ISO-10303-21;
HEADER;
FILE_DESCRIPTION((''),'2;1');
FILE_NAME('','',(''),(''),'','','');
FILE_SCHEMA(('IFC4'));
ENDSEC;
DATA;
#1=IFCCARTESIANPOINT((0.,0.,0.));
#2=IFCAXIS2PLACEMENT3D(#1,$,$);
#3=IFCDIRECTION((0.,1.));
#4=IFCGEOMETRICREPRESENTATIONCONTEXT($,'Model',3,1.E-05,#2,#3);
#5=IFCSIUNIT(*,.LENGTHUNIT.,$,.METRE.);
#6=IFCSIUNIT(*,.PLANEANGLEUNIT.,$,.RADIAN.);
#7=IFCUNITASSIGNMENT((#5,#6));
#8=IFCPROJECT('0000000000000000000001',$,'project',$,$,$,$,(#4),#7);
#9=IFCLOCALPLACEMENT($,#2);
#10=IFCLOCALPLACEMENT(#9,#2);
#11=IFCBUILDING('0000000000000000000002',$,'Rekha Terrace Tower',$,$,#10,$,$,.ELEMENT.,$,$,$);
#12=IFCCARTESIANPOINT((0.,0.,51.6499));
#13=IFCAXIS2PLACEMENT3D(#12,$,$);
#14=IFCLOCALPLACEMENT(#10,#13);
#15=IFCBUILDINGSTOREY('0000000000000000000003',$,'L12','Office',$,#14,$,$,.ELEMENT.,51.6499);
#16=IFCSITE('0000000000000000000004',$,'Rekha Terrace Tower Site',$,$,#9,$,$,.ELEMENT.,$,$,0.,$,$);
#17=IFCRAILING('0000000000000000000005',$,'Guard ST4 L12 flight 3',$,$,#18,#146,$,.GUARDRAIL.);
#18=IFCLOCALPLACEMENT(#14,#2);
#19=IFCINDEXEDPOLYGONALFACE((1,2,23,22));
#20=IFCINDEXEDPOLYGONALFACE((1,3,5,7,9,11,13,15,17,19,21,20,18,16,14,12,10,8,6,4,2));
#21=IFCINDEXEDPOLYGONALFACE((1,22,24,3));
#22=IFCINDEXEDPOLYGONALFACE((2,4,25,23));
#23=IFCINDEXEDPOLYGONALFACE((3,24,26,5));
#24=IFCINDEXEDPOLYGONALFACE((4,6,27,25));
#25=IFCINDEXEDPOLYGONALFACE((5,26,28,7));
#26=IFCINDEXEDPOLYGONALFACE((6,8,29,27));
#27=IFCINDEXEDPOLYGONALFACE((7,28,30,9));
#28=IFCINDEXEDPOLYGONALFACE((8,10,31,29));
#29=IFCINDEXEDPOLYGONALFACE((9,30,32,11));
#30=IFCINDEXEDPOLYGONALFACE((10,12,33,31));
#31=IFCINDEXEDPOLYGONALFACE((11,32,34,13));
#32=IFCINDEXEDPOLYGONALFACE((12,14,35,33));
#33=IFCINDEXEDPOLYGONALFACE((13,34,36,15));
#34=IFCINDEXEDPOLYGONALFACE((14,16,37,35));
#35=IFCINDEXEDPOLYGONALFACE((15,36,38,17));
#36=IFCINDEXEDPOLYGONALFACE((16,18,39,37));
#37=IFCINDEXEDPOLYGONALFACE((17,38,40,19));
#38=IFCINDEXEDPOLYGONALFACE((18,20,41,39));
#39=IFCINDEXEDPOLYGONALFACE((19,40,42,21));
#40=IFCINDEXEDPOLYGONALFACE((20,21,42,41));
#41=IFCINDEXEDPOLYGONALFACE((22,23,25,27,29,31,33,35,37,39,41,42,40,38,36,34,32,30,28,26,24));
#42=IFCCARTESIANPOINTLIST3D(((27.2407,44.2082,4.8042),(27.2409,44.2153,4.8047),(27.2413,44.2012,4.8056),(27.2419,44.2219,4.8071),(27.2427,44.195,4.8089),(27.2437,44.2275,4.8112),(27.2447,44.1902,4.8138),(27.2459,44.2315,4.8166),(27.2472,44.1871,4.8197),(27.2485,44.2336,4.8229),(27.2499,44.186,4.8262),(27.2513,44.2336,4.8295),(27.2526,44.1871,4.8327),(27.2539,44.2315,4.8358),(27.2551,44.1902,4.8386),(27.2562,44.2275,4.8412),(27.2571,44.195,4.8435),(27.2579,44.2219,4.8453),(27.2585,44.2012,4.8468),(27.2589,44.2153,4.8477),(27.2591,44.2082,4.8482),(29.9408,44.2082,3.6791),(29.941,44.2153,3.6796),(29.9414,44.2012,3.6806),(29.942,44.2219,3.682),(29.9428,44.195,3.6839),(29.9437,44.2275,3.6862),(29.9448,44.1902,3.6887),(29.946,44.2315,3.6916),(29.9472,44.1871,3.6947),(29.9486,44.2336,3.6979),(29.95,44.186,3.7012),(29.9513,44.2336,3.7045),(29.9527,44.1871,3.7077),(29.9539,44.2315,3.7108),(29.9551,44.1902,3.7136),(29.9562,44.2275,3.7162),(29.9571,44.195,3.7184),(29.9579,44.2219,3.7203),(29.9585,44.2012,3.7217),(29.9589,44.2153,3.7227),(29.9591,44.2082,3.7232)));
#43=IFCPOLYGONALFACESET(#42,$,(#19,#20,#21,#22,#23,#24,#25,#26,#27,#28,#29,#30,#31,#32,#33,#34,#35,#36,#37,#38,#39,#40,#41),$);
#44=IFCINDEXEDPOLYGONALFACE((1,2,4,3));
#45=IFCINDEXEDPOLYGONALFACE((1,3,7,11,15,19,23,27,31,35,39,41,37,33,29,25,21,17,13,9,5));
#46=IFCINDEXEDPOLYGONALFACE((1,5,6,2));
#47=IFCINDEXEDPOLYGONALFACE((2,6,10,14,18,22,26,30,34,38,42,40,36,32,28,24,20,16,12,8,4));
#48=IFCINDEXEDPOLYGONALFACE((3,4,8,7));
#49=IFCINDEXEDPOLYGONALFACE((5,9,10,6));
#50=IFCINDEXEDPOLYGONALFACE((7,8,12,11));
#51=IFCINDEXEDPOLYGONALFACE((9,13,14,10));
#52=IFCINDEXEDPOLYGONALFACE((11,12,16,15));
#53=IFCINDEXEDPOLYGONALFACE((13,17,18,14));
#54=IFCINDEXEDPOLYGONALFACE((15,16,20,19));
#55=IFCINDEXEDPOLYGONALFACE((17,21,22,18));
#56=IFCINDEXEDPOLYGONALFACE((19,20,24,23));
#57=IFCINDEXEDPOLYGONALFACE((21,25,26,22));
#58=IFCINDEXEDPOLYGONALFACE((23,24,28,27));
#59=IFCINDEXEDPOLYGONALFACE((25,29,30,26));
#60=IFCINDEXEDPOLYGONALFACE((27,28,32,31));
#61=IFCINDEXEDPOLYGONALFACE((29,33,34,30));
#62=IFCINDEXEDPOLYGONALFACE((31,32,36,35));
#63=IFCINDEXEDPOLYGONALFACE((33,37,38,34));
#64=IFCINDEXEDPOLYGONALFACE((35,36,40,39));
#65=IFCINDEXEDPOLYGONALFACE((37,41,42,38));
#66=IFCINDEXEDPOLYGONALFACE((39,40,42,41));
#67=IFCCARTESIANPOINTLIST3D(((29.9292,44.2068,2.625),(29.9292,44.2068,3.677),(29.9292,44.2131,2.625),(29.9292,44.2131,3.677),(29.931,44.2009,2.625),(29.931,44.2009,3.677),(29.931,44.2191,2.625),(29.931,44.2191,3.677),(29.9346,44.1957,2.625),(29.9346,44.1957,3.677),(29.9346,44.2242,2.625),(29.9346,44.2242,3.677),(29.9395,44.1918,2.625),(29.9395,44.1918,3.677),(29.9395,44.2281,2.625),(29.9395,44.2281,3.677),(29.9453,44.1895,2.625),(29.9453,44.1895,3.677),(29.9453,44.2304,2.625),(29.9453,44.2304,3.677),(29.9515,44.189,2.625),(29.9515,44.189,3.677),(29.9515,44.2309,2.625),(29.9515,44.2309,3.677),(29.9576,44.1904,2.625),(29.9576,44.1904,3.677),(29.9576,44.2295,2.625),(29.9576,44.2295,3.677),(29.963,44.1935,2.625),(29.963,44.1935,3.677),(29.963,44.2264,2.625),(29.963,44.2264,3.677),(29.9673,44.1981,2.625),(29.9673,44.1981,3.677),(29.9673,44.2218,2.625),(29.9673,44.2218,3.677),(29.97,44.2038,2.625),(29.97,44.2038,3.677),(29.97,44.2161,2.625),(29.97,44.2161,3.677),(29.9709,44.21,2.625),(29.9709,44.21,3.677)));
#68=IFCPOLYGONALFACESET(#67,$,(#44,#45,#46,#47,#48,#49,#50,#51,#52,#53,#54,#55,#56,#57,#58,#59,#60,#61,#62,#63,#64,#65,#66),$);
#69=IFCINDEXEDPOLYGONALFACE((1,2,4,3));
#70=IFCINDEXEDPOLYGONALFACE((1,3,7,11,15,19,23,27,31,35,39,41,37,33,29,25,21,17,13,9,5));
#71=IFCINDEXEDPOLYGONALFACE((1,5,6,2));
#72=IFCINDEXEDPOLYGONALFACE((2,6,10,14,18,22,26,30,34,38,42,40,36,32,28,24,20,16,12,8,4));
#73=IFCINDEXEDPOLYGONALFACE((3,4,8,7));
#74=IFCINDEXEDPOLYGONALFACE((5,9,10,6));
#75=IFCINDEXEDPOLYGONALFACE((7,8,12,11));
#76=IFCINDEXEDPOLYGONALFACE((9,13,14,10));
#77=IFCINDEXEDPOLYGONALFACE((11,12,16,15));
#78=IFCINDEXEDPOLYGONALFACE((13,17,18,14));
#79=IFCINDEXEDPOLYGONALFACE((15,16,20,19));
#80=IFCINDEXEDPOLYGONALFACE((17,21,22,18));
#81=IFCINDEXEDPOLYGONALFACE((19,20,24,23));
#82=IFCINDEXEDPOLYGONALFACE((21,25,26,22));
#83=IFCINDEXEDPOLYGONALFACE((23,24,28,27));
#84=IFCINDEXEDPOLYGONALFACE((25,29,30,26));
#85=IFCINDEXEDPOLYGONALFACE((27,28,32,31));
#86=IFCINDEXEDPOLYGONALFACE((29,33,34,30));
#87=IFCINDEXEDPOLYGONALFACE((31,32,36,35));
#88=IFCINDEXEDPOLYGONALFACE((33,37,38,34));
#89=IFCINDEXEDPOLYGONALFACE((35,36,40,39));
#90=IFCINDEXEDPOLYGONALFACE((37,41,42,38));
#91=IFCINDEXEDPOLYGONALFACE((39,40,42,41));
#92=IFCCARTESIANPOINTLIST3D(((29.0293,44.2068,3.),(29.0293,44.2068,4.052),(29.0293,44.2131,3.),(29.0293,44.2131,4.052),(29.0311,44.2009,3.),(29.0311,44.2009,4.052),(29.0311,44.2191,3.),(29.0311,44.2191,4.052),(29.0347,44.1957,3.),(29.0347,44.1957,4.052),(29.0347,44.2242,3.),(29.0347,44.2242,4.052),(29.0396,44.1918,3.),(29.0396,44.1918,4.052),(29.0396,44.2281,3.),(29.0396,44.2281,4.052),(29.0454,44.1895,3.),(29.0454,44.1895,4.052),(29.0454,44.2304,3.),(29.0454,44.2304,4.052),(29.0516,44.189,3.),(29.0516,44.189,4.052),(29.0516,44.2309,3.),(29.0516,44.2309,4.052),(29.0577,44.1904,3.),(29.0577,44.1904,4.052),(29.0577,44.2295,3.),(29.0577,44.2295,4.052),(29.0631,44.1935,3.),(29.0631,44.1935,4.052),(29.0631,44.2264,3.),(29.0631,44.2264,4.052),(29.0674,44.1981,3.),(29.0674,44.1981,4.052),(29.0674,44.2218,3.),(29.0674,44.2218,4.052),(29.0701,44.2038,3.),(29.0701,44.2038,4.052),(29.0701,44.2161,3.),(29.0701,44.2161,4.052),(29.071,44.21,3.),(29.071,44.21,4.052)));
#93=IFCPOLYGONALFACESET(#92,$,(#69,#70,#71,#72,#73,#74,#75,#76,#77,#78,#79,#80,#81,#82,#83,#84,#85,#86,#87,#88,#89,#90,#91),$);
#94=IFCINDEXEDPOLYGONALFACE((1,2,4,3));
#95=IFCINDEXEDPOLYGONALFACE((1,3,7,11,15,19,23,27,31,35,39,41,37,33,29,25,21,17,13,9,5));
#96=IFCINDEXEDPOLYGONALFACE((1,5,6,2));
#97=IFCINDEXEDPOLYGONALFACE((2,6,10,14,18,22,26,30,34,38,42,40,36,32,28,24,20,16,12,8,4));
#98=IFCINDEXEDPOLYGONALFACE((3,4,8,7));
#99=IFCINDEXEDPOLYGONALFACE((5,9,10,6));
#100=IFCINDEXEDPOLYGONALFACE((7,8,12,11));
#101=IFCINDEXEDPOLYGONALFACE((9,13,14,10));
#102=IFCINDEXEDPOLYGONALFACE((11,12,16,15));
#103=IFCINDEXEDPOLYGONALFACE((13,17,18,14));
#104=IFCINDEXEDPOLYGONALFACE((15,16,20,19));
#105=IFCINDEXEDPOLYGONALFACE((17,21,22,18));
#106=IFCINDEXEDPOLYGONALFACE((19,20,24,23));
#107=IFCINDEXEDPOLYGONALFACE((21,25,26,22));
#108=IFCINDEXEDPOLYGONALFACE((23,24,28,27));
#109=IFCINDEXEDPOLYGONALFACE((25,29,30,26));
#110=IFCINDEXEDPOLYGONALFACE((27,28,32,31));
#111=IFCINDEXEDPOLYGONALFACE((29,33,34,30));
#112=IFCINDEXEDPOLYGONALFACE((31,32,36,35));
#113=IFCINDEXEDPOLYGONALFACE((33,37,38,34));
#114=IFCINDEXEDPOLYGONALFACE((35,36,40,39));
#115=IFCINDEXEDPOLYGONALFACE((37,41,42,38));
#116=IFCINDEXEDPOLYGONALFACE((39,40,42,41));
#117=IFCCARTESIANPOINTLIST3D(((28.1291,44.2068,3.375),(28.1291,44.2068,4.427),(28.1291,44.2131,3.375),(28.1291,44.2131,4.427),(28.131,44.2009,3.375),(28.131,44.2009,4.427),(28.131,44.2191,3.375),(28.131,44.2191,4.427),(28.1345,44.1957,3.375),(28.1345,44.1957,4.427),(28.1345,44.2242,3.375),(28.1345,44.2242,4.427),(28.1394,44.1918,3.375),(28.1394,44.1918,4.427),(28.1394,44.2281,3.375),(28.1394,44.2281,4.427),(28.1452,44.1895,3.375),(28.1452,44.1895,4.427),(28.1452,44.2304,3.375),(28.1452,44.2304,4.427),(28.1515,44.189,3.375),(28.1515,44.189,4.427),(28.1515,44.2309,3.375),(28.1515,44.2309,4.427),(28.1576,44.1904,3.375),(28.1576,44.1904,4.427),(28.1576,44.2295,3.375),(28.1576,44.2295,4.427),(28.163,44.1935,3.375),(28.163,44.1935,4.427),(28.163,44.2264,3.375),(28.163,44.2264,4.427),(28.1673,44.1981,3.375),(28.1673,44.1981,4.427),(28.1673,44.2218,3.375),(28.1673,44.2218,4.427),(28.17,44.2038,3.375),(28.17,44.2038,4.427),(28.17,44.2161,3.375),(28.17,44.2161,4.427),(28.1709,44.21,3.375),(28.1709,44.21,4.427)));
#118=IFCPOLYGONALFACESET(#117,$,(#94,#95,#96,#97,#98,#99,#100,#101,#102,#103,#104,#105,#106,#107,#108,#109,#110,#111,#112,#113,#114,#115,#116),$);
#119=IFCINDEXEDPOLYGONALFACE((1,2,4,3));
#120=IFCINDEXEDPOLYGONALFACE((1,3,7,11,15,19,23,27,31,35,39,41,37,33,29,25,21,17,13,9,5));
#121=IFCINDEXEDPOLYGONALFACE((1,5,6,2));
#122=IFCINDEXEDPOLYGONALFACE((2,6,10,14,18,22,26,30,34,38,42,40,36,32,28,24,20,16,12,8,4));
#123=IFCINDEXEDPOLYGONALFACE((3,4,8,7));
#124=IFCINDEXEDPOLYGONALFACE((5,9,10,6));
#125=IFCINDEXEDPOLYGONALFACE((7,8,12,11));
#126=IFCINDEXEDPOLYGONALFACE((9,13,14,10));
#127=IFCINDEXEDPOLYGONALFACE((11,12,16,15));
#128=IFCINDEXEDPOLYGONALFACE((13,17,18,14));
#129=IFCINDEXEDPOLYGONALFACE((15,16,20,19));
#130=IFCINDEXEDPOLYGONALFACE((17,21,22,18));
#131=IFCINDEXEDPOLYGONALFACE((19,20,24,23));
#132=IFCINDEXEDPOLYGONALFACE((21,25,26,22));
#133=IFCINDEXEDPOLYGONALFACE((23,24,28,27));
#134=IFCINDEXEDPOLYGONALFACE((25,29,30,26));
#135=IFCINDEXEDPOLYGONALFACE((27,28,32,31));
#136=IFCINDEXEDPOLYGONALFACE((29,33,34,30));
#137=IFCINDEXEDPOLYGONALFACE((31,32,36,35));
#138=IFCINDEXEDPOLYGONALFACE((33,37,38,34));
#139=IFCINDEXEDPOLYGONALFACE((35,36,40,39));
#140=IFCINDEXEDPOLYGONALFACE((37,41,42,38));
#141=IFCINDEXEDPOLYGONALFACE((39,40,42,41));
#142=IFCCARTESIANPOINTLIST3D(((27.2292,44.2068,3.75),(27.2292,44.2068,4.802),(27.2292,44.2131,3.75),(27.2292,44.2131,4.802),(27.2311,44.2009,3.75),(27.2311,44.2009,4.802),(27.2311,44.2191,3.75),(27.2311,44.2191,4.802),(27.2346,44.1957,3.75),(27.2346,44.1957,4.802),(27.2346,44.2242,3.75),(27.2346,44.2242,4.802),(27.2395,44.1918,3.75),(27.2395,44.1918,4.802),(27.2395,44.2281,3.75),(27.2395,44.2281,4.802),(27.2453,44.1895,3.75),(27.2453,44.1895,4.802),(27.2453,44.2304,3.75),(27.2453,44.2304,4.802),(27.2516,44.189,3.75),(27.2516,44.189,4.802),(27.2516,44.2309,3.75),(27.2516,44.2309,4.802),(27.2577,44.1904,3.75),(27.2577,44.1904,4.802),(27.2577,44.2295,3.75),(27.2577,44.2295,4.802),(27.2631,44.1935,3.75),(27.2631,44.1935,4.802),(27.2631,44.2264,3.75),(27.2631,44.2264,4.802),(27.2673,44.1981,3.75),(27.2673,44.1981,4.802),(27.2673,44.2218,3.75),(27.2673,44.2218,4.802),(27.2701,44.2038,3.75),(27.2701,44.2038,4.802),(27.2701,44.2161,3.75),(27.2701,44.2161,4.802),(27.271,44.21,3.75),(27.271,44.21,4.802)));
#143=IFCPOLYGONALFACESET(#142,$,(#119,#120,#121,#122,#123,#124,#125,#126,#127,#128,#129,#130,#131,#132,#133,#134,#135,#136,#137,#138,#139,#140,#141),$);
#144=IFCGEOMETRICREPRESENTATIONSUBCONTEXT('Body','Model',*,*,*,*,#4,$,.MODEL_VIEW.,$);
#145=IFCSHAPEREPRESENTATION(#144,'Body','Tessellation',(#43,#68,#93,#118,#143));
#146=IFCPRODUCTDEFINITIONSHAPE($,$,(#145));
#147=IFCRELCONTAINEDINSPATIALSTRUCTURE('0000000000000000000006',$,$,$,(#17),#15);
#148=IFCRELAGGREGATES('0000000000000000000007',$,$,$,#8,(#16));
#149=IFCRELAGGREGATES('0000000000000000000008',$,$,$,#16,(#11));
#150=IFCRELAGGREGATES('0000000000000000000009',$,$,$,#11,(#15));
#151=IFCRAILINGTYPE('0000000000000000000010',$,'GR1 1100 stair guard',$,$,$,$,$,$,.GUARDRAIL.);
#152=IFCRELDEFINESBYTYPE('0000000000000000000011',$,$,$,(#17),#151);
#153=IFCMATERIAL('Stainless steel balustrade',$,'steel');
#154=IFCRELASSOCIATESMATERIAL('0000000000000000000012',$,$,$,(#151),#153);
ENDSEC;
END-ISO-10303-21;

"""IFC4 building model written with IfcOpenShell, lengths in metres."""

from ifc_helpers import new_model, si_unit, direction, frame, origin, origin_2d, place, context, subcontext, project, spatial, circle, extrude, material, type_object, element, save


model = new_model("IFC4")

# Units and contexts
model_context = context("Model", 3, precision=1e-05, world=origin(), true_north=direction((0.0, 1.0)))
body_context = subcontext(model_context, "Body", "Model", "MODEL_VIEW")
ifc_project = project(units=[si_unit("LENGTHUNIT", "METRE"), si_unit("PLANEANGLEUNIT", "RADIAN")], contexts=[model_context])

# Site, building, storey
site_placement = place(None, origin())
site = spatial("IfcSite", under=ifc_project, at=site_placement, Name="Rekha Terrace Tower Site", CompositionType="ELEMENT", RefElevation=0.0)
building_placement = place(site_placement, origin())
building = spatial("IfcBuilding", under=site, at=building_placement, Name="Rekha Terrace Tower", CompositionType="ELEMENT")
storey_placement = place(building_placement, frame((0.0, 0.0, 51.6499)))
storey = spatial("IfcBuildingStorey", under=building, at=storey_placement, Name="L12", Description="Office", CompositionType="ELEMENT", Elevation=51.6499)

# Railing
ifc_material_1 = material(Name="Stainless steel balustrade", Category="steel")
railing_type_1 = type_object("IfcRailingType", Name="GR1 1100 stair guard", PredefinedType="GUARDRAIL", material=ifc_material_1)
railing_1_placement = place(storey_placement, frame((29.95, 44.21, 2.625)))
element("IfcRailing", 1, at=railing_1_placement, inside=storey, type_object=railing_type_1, Name="Guard ST4 L12 flight 3", PredefinedType="GUARDRAIL", context=body_context, shape_type="SweptSolid", body=[
    extrude(circle(Radius=0.0239, at=origin_2d()), frame((0.0, 0.0, 1.0762), z_axis=(-0.923074, 0.0, 0.384621), x_axis=(0.0, -1.0, 0.0)), (0.0, 0.0, 1.0), 2.925),
    extrude(circle(Radius=0.021, at=origin_2d()), origin(), (0.0, 0.0, 1.0), 1.052),
    extrude(circle(Radius=0.021, at=origin_2d()), frame((-0.8999, 0.0, 0.375)), (0.0, 0.0, 1.0), 1.052),
    extrude(circle(Radius=0.021, at=origin_2d()), frame((-1.8, 0.0, 0.75)), (0.0, 0.0, 1.0), 1.052),
    extrude(circle(Radius=0.021, at=origin_2d()), frame((-2.7, 0.0, 1.125)), (0.0, 0.0, 1.0), 1.052),
])

save(model, "model.ifc")
